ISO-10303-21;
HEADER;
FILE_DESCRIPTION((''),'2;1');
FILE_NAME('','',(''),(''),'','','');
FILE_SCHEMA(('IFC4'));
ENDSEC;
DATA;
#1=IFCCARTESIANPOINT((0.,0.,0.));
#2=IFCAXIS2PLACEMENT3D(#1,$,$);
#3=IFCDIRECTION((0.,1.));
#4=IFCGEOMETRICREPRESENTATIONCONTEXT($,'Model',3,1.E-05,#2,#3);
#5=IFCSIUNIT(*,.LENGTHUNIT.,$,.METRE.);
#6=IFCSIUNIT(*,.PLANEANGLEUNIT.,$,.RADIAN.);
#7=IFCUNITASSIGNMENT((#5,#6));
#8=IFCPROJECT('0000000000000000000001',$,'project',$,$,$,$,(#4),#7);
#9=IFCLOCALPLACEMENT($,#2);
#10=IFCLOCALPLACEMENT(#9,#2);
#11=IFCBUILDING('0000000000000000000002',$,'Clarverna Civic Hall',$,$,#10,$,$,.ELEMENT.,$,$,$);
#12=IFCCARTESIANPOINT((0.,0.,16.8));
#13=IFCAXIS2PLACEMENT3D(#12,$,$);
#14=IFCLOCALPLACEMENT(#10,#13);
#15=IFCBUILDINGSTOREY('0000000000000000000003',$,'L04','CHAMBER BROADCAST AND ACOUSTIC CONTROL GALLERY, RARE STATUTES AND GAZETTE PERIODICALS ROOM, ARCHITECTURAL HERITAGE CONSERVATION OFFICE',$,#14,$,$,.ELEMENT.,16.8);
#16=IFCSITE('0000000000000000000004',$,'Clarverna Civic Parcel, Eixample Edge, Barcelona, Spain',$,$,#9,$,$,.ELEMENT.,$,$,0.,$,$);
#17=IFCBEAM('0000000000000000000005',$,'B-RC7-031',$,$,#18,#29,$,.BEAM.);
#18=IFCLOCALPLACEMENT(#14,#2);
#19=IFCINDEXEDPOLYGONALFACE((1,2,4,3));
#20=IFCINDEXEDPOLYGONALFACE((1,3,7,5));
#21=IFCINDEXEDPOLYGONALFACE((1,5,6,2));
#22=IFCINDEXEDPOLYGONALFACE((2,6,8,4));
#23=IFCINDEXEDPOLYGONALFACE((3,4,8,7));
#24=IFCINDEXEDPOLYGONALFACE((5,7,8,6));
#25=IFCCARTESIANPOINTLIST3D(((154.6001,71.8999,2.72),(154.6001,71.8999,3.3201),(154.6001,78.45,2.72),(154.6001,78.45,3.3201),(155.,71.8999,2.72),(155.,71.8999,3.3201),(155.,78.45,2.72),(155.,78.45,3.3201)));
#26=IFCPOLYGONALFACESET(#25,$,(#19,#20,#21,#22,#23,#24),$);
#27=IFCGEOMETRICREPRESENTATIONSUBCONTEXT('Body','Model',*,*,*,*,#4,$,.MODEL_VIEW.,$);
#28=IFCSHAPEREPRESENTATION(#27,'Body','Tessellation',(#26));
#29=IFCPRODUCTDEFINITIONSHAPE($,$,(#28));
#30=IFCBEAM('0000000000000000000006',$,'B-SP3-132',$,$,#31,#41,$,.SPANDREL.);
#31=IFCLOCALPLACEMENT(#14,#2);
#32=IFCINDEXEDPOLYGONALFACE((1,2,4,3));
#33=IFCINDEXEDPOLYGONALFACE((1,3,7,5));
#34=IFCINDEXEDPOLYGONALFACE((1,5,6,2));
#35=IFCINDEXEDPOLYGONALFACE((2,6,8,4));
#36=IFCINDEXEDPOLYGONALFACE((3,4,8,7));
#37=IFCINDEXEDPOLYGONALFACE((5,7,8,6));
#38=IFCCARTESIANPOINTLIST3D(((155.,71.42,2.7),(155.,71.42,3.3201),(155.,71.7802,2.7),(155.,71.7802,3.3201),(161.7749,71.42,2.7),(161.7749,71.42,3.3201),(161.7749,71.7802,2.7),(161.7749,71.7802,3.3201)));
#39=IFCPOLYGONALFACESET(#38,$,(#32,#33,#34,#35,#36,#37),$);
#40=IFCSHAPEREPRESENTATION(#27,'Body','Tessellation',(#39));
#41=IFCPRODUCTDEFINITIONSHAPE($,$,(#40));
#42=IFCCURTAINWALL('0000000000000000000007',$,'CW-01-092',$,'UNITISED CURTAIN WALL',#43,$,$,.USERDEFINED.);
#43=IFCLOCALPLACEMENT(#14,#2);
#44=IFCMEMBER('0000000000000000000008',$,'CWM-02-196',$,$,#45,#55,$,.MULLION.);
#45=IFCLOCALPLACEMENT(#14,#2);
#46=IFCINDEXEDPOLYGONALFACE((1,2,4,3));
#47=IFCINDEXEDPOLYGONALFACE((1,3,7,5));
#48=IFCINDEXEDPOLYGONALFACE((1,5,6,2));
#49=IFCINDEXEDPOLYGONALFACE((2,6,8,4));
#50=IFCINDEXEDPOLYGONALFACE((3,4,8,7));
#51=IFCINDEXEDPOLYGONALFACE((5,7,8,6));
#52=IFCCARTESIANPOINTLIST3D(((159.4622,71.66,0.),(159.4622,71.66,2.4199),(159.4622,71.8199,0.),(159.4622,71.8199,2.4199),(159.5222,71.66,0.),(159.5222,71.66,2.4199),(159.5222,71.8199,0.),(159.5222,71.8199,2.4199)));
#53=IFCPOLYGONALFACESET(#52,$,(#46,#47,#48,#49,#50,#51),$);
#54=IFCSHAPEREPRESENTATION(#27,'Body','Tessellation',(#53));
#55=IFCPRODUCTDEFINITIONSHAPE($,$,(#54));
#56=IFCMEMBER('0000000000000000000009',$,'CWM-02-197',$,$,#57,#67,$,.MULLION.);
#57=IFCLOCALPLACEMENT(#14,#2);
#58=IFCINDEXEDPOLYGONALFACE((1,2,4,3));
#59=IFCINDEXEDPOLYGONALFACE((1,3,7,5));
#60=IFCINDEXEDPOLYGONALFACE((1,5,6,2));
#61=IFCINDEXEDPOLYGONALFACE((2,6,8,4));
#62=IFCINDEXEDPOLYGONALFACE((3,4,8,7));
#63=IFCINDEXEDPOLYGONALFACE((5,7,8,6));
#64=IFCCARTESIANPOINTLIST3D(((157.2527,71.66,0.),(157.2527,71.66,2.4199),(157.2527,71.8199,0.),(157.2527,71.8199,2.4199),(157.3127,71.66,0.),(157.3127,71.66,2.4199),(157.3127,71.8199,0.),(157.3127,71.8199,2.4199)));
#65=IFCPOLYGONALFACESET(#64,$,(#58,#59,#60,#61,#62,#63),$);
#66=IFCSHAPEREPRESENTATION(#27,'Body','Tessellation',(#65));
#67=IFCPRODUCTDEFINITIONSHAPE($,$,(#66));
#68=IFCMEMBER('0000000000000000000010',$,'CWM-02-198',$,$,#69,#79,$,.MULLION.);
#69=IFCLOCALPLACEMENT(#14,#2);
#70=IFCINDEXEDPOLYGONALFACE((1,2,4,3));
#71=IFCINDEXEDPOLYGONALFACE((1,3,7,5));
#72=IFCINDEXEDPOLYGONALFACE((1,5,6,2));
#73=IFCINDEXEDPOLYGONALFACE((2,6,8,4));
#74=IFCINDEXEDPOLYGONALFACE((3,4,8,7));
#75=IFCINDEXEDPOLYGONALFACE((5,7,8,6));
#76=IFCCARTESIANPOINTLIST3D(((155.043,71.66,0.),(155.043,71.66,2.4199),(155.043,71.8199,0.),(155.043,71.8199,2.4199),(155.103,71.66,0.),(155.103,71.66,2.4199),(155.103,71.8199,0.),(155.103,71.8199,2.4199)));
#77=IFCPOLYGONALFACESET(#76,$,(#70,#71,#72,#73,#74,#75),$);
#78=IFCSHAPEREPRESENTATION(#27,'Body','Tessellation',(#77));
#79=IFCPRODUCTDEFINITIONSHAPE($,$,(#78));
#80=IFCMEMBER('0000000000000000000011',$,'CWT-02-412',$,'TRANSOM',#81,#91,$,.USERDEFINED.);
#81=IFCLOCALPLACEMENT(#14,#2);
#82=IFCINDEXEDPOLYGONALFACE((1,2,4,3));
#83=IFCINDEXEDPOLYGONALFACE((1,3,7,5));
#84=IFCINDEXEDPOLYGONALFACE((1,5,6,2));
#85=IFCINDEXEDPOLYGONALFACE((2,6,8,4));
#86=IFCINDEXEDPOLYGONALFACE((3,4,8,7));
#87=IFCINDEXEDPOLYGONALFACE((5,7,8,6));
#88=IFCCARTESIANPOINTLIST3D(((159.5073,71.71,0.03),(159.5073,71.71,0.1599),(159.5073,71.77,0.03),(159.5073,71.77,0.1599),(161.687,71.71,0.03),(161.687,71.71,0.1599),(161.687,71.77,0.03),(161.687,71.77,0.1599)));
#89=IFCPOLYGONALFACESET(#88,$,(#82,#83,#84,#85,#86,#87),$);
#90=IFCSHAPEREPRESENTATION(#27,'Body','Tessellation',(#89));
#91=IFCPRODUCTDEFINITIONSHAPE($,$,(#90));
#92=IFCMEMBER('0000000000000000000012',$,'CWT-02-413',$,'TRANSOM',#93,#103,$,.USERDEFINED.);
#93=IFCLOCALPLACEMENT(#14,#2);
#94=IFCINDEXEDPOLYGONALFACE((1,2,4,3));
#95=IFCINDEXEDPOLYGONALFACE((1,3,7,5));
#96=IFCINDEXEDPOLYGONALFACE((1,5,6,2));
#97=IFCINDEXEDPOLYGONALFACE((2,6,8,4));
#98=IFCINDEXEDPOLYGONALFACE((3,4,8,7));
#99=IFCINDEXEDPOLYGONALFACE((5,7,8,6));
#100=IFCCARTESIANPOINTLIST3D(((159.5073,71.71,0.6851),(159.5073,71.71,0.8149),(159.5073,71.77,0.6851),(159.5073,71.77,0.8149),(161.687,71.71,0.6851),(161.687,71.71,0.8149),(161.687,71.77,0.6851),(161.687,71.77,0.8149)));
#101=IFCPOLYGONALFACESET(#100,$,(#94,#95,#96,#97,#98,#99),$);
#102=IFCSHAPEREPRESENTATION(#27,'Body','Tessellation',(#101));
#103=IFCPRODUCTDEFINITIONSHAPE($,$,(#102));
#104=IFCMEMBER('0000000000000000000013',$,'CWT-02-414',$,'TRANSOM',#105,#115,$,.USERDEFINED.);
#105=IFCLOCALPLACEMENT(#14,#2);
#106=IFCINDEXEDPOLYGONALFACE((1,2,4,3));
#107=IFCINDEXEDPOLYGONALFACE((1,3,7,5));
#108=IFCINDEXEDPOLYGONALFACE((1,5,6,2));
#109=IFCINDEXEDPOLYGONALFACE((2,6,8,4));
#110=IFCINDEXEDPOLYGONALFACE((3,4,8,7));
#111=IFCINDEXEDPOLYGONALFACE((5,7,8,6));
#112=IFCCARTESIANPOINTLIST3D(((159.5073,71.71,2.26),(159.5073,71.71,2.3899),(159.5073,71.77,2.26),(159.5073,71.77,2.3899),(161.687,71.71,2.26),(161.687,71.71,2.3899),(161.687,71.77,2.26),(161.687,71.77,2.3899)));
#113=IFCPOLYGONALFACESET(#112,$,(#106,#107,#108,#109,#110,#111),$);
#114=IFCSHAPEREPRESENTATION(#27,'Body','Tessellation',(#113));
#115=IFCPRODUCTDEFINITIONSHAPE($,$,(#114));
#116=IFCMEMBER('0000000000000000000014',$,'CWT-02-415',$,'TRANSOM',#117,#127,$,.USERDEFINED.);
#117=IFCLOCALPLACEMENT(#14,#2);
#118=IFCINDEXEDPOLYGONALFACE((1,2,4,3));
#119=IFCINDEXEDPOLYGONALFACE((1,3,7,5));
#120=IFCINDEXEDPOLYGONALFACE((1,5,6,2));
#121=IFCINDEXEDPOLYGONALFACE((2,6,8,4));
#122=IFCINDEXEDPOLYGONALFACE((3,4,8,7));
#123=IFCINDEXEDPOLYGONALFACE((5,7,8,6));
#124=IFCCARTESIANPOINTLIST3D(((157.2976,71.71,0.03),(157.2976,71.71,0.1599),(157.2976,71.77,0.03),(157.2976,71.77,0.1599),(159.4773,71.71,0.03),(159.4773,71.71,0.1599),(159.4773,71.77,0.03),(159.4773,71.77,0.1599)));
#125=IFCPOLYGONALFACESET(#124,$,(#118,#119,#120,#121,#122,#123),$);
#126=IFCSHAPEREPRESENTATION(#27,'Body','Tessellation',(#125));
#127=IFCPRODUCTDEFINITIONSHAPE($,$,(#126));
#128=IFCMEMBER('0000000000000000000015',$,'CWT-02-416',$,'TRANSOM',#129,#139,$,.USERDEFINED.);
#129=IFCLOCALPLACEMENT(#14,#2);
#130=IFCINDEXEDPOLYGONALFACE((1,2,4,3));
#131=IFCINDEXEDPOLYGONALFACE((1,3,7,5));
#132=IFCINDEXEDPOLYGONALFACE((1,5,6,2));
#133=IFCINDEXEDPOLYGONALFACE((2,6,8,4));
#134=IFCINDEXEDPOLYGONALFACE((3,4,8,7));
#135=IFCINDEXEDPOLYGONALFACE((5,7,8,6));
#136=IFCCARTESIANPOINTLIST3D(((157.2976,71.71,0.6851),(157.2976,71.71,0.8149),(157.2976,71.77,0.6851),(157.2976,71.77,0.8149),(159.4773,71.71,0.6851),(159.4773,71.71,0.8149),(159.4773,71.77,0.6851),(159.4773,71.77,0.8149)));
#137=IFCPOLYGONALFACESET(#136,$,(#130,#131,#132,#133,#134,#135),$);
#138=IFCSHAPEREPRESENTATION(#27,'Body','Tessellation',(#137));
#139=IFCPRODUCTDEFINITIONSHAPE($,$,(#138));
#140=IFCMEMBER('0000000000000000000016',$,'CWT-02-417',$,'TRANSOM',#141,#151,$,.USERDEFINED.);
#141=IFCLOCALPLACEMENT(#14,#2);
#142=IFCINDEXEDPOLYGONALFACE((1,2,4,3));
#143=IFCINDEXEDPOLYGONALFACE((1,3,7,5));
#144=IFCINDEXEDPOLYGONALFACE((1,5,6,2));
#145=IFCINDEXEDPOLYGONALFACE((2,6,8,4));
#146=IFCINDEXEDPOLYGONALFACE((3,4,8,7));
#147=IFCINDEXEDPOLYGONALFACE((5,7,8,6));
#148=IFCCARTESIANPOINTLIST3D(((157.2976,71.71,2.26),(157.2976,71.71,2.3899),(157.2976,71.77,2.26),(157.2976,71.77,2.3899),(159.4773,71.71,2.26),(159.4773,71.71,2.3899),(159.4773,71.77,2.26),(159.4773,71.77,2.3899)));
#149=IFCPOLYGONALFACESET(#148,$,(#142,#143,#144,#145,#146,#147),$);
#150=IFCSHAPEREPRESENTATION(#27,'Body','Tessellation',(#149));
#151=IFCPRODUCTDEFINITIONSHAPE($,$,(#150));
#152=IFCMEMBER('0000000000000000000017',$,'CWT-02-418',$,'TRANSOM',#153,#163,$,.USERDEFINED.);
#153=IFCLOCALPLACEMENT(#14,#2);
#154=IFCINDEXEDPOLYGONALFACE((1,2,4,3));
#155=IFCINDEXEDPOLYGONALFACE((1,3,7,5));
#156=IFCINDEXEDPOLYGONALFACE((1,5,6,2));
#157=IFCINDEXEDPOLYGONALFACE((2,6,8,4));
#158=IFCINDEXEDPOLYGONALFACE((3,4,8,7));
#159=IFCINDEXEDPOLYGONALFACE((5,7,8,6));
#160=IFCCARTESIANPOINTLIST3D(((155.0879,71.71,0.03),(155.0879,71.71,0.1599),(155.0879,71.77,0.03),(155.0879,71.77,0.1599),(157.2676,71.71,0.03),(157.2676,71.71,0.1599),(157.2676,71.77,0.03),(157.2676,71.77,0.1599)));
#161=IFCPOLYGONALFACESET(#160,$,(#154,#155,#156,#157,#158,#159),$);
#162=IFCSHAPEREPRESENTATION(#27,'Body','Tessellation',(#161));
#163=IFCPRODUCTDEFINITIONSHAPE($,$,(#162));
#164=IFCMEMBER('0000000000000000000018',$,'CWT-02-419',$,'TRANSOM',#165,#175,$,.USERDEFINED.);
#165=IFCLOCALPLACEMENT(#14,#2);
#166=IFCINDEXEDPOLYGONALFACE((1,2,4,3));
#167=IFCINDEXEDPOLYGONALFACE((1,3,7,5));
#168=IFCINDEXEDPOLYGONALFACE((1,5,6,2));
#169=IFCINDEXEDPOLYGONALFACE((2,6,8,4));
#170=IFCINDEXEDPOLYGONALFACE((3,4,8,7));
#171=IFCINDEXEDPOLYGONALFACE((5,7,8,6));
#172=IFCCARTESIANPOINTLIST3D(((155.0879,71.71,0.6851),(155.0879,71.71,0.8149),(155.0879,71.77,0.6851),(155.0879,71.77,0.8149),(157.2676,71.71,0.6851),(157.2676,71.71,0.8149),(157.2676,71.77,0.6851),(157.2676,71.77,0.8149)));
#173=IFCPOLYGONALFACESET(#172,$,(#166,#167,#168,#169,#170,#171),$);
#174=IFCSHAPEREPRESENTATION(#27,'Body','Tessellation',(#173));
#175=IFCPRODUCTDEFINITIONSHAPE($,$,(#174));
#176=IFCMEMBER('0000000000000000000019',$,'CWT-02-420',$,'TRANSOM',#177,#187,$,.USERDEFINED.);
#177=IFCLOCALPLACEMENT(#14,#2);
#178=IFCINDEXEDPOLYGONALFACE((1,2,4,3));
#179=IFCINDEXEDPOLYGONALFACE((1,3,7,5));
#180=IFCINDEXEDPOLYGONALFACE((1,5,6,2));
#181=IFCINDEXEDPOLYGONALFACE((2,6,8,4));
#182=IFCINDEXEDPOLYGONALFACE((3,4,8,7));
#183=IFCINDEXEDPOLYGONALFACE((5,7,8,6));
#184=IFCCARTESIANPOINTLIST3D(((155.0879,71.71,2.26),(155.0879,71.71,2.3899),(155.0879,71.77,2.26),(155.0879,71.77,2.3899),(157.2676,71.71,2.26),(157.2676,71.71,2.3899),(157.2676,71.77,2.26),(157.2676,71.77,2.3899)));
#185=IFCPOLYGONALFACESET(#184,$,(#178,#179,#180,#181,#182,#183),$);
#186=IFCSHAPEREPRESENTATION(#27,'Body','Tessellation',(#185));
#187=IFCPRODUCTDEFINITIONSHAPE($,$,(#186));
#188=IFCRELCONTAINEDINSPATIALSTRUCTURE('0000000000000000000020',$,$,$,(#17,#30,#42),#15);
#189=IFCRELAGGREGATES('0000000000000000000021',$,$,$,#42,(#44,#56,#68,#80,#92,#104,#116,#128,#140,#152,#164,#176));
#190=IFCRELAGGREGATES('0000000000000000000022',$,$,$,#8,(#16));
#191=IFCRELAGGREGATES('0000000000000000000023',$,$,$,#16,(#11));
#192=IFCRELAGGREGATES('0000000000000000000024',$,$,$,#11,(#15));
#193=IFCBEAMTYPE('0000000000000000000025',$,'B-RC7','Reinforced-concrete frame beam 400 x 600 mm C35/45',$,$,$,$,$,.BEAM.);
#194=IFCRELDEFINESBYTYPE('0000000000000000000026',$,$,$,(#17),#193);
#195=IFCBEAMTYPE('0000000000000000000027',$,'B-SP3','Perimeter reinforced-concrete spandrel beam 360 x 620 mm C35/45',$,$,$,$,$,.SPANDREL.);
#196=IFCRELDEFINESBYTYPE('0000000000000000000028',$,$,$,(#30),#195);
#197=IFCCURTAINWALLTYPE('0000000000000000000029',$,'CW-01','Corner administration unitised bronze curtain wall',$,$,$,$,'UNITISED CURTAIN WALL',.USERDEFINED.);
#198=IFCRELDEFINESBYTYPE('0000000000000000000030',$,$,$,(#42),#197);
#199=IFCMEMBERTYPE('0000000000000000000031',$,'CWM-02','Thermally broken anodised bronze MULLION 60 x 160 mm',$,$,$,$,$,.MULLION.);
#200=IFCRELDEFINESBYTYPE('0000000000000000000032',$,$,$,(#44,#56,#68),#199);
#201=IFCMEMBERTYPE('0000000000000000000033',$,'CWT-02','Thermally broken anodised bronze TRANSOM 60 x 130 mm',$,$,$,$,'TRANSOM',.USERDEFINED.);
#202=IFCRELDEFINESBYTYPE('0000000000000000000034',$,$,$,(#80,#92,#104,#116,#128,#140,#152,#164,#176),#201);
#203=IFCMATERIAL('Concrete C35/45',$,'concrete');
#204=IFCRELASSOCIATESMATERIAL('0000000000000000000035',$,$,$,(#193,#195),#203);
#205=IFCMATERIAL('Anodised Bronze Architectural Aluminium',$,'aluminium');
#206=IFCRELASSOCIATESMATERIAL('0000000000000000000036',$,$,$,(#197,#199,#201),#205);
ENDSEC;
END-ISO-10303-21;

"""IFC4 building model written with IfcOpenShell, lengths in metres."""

from ifc_helpers import new_model, si_unit, direction, frame, origin, origin_2d, place, context, subcontext, project, spatial, rectangle, extrude, material, material_profile, profile_set, type_object, element, aggregate, save


model = new_model("IFC4")

# Units and contexts
model_context = context("Model", 3, precision=1e-05, world=origin(), true_north=direction((0.0, 1.0)))
body_context = subcontext(model_context, "Body", "Model", "MODEL_VIEW")
ifc_project = project(units=[si_unit("LENGTHUNIT", "METRE"), si_unit("PLANEANGLEUNIT", "RADIAN")], contexts=[model_context])

# Site, building, storey
site_placement = place(None, origin())
site = spatial("IfcSite", under=ifc_project, at=site_placement, Name="Clarverna Civic Parcel, Eixample Edge, Barcelona, Spain", CompositionType="ELEMENT", RefElevation=0.0)
building_placement = place(site_placement, origin())
building = spatial("IfcBuilding", under=site, at=building_placement, Name="Clarverna Civic Hall", CompositionType="ELEMENT")
storey_placement = place(building_placement, frame((0.0, 0.0, 16.8)))
storey = spatial("IfcBuildingStorey", under=building, at=storey_placement, Name="L04", Description="CHAMBER BROADCAST AND ACOUSTIC CONTROL GALLERY, RARE STATUTES AND GAZETTE PERIODICALS ROOM, ARCHITECTURAL HERITAGE CONSERVATION OFFICE", CompositionType="ELEMENT", Elevation=16.8)

# Beams
ifc_material_1 = material(Name="Concrete C35/45", Category="concrete")
ifc_material_profile_1 = material_profile(ifc_material_1, rectangle(XDim=0.3999, YDim=0.6001, at=origin_2d()), Name="RC 400x600")
ifc_profile_set_1 = profile_set([ifc_material_profile_1], Name="Concrete C35/45")
beam_type_1 = type_object("IfcBeamType", Name="B-RC7", Description="Reinforced-concrete frame beam 400 x 600 mm C35/45", PredefinedType="BEAM", material=ifc_profile_set_1)
beam_1_placement = place(storey_placement, frame((154.8, 71.8999, 3.02), z_axis=(0.0, 1.0, 0.0), x_axis=(-1.0, 0.0, 0.0)))
element("IfcBeam", 1, at=beam_1_placement, inside=storey, type_object=beam_type_1, Name="B-RC7-031", PredefinedType="BEAM", context=body_context, shape_type="SweptSolid", body=[
    extrude(rectangle(XDim=0.3999, YDim=0.6001, at=origin_2d()), origin(), (0.0, 0.0, 1.0), 6.55),
])
ifc_material_profile_2 = material_profile(ifc_material_1, rectangle(XDim=0.3601, YDim=0.6201, at=origin_2d()), Name="RC 360x620")
ifc_profile_set_2 = profile_set([ifc_material_profile_2], Name="Concrete C35/45")
beam_type_2 = type_object("IfcBeamType", Name="B-SP3", Description="Perimeter reinforced-concrete spandrel beam 360 x 620 mm C35/45", PredefinedType="SPANDREL", material=ifc_profile_set_2)
beam_2_placement = place(storey_placement, frame((155.0, 71.6001, 3.01), z_axis=(1.0, 0.0, 0.0), x_axis=(0.0, 1.0, 0.0)))
element("IfcBeam", 2, at=beam_2_placement, inside=storey, type_object=beam_type_2, Name="B-SP3-132", PredefinedType="SPANDREL", context=body_context, shape_type="SweptSolid", body=[
    extrude(rectangle(XDim=0.3601, YDim=0.6201, at=origin_2d()), origin(), (0.0, 0.0, 1.0), 6.7749),
])

# Curtain wall, members
ifc_material_2 = material(Name="Anodised Bronze Architectural Aluminium", Category="aluminium")
curtain_wall_type = type_object("IfcCurtainWallType", Name="CW-01", Description="Corner administration unitised bronze curtain wall", ElementType="UNITISED CURTAIN WALL", PredefinedType="USERDEFINED", material=ifc_material_2)
curtain_wall_placement = place(storey_placement, origin())
curtain_wall = element("IfcCurtainWall", 3, at=curtain_wall_placement, inside=storey, type_object=curtain_wall_type, Name="CW-01-092", ObjectType="UNITISED CURTAIN WALL", PredefinedType="USERDEFINED")
ifc_material_profile_3 = material_profile(ifc_material_2, rectangle(XDim=0.0601, YDim=0.1599, at=origin_2d()), Name="BRONZE 60x160")
ifc_profile_set_3 = profile_set([ifc_material_profile_3], Name="Anodised Bronze Architectural Aluminium")
member_type_1 = type_object("IfcMemberType", Name="CWM-02", Description="Thermally broken anodised bronze MULLION 60 x 160 mm", PredefinedType="MULLION", material=ifc_profile_set_3)
member_1_placement = place(storey_placement, frame((159.4922, 71.74, 0.0), z_axis=(0.0, 0.0, 1.0), x_axis=(1.0, 0.0, 0.0)))
member_1 = element("IfcMember", 4, at=member_1_placement, type_object=member_type_1, Name="CWM-02-196", PredefinedType="MULLION", context=body_context, shape_type="SweptSolid", body=[
    extrude(rectangle(XDim=0.0601, YDim=0.1599, at=origin_2d()), origin(), (0.0, 0.0, 1.0), 2.4199),
])
member_2_placement = place(storey_placement, frame((157.2827, 71.74, 0.0), z_axis=(0.0, 0.0, 1.0), x_axis=(1.0, 0.0, 0.0)))
member_2 = element("IfcMember", 5, at=member_2_placement, type_object=member_type_1, Name="CWM-02-197", PredefinedType="MULLION", context=body_context, shape_type="SweptSolid", body=[
    extrude(rectangle(XDim=0.0601, YDim=0.1599, at=origin_2d()), origin(), (0.0, 0.0, 1.0), 2.4199),
])
member_3_placement = place(storey_placement, frame((155.073, 71.74, 0.0), z_axis=(0.0, 0.0, 1.0), x_axis=(1.0, 0.0, 0.0)))
member_3 = element("IfcMember", 6, at=member_3_placement, type_object=member_type_1, Name="CWM-02-198", PredefinedType="MULLION", context=body_context, shape_type="SweptSolid", body=[
    extrude(rectangle(XDim=0.0601, YDim=0.1599, at=origin_2d()), origin(), (0.0, 0.0, 1.0), 2.4199),
])
ifc_material_profile_4 = material_profile(ifc_material_2, rectangle(XDim=0.0601, YDim=0.1299, at=origin_2d()), Name="BRONZE 60x130")
ifc_profile_set_4 = profile_set([ifc_material_profile_4], Name="Anodised Bronze Architectural Aluminium")
member_type_2 = type_object("IfcMemberType", Name="CWT-02", Description="Thermally broken anodised bronze TRANSOM 60 x 130 mm", ElementType="TRANSOM", PredefinedType="USERDEFINED", material=ifc_profile_set_4)
member_4_placement = place(storey_placement, frame((161.687, 71.74, 0.095), z_axis=(-1.0, 0.0, 0.0), x_axis=(0.0, -1.0, 0.0)))
member_4 = element("IfcMember", 7, at=member_4_placement, type_object=member_type_2, Name="CWT-02-412", ObjectType="TRANSOM", PredefinedType="USERDEFINED", context=body_context, shape_type="SweptSolid", body=[
    extrude(rectangle(XDim=0.0601, YDim=0.1299, at=origin_2d()), origin(), (0.0, 0.0, 1.0), 2.1797),
])
member_5_placement = place(storey_placement, frame((161.687, 71.74, 0.75), z_axis=(-1.0, 0.0, 0.0), x_axis=(0.0, -1.0, 0.0)))
member_5 = element("IfcMember", 8, at=member_5_placement, type_object=member_type_2, Name="CWT-02-413", ObjectType="TRANSOM", PredefinedType="USERDEFINED", context=body_context, shape_type="SweptSolid", body=[
    extrude(rectangle(XDim=0.0601, YDim=0.1299, at=origin_2d()), origin(), (0.0, 0.0, 1.0), 2.1797),
])
member_6_placement = place(storey_placement, frame((161.687, 71.74, 2.325), z_axis=(-1.0, 0.0, 0.0), x_axis=(0.0, -1.0, 0.0)))
member_6 = element("IfcMember", 9, at=member_6_placement, type_object=member_type_2, Name="CWT-02-414", ObjectType="TRANSOM", PredefinedType="USERDEFINED", context=body_context, shape_type="SweptSolid", body=[
    extrude(rectangle(XDim=0.0601, YDim=0.1299, at=origin_2d()), origin(), (0.0, 0.0, 1.0), 2.1797),
])
member_7_placement = place(storey_placement, frame((159.4773, 71.74, 0.095), z_axis=(-1.0, 0.0, 0.0), x_axis=(0.0, -1.0, 0.0)))
member_7 = element("IfcMember", 10, at=member_7_placement, type_object=member_type_2, Name="CWT-02-415", ObjectType="TRANSOM", PredefinedType="USERDEFINED", context=body_context, shape_type="SweptSolid", body=[
    extrude(rectangle(XDim=0.0601, YDim=0.1299, at=origin_2d()), origin(), (0.0, 0.0, 1.0), 2.1797),
])
member_8_placement = place(storey_placement, frame((159.4773, 71.74, 0.75), z_axis=(-1.0, 0.0, 0.0), x_axis=(0.0, -1.0, 0.0)))
member_8 = element("IfcMember", 11, at=member_8_placement, type_object=member_type_2, Name="CWT-02-416", ObjectType="TRANSOM", PredefinedType="USERDEFINED", context=body_context, shape_type="SweptSolid", body=[
    extrude(rectangle(XDim=0.0601, YDim=0.1299, at=origin_2d()), origin(), (0.0, 0.0, 1.0), 2.1797),
])
member_9_placement = place(storey_placement, frame((159.4773, 71.74, 2.325), z_axis=(-1.0, 0.0, 0.0), x_axis=(0.0, -1.0, 0.0)))
member_9 = element("IfcMember", 12, at=member_9_placement, type_object=member_type_2, Name="CWT-02-417", ObjectType="TRANSOM", PredefinedType="USERDEFINED", context=body_context, shape_type="SweptSolid", body=[
    extrude(rectangle(XDim=0.0601, YDim=0.1299, at=origin_2d()), origin(), (0.0, 0.0, 1.0), 2.1797),
])
member_10_placement = place(storey_placement, frame((157.2676, 71.74, 0.095), z_axis=(-1.0, 0.0, 0.0), x_axis=(0.0, -1.0, 0.0)))
member_10 = element("IfcMember", 13, at=member_10_placement, type_object=member_type_2, Name="CWT-02-418", ObjectType="TRANSOM", PredefinedType="USERDEFINED", context=body_context, shape_type="SweptSolid", body=[
    extrude(rectangle(XDim=0.0601, YDim=0.1299, at=origin_2d()), origin(), (0.0, 0.0, 1.0), 2.1797),
])
member_11_placement = place(storey_placement, frame((157.2676, 71.74, 0.75), z_axis=(-1.0, 0.0, 0.0), x_axis=(0.0, -1.0, 0.0)))
member_11 = element("IfcMember", 14, at=member_11_placement, type_object=member_type_2, Name="CWT-02-419", ObjectType="TRANSOM", PredefinedType="USERDEFINED", context=body_context, shape_type="SweptSolid", body=[
    extrude(rectangle(XDim=0.0601, YDim=0.1299, at=origin_2d()), origin(), (0.0, 0.0, 1.0), 2.1797),
])
member_12_placement = place(storey_placement, frame((157.2676, 71.74, 2.325), z_axis=(-1.0, 0.0, 0.0), x_axis=(0.0, -1.0, 0.0)))
member_12 = element("IfcMember", 15, at=member_12_placement, type_object=member_type_2, Name="CWT-02-420", ObjectType="TRANSOM", PredefinedType="USERDEFINED", context=body_context, shape_type="SweptSolid", body=[
    extrude(rectangle(XDim=0.0601, YDim=0.1299, at=origin_2d()), origin(), (0.0, 0.0, 1.0), 2.1797),
])

aggregate(curtain_wall, [member_1, member_2, member_3, member_4, member_5, member_6, member_7, member_8, member_9, member_10, member_11, member_12])

save(model, "model.ifc")
